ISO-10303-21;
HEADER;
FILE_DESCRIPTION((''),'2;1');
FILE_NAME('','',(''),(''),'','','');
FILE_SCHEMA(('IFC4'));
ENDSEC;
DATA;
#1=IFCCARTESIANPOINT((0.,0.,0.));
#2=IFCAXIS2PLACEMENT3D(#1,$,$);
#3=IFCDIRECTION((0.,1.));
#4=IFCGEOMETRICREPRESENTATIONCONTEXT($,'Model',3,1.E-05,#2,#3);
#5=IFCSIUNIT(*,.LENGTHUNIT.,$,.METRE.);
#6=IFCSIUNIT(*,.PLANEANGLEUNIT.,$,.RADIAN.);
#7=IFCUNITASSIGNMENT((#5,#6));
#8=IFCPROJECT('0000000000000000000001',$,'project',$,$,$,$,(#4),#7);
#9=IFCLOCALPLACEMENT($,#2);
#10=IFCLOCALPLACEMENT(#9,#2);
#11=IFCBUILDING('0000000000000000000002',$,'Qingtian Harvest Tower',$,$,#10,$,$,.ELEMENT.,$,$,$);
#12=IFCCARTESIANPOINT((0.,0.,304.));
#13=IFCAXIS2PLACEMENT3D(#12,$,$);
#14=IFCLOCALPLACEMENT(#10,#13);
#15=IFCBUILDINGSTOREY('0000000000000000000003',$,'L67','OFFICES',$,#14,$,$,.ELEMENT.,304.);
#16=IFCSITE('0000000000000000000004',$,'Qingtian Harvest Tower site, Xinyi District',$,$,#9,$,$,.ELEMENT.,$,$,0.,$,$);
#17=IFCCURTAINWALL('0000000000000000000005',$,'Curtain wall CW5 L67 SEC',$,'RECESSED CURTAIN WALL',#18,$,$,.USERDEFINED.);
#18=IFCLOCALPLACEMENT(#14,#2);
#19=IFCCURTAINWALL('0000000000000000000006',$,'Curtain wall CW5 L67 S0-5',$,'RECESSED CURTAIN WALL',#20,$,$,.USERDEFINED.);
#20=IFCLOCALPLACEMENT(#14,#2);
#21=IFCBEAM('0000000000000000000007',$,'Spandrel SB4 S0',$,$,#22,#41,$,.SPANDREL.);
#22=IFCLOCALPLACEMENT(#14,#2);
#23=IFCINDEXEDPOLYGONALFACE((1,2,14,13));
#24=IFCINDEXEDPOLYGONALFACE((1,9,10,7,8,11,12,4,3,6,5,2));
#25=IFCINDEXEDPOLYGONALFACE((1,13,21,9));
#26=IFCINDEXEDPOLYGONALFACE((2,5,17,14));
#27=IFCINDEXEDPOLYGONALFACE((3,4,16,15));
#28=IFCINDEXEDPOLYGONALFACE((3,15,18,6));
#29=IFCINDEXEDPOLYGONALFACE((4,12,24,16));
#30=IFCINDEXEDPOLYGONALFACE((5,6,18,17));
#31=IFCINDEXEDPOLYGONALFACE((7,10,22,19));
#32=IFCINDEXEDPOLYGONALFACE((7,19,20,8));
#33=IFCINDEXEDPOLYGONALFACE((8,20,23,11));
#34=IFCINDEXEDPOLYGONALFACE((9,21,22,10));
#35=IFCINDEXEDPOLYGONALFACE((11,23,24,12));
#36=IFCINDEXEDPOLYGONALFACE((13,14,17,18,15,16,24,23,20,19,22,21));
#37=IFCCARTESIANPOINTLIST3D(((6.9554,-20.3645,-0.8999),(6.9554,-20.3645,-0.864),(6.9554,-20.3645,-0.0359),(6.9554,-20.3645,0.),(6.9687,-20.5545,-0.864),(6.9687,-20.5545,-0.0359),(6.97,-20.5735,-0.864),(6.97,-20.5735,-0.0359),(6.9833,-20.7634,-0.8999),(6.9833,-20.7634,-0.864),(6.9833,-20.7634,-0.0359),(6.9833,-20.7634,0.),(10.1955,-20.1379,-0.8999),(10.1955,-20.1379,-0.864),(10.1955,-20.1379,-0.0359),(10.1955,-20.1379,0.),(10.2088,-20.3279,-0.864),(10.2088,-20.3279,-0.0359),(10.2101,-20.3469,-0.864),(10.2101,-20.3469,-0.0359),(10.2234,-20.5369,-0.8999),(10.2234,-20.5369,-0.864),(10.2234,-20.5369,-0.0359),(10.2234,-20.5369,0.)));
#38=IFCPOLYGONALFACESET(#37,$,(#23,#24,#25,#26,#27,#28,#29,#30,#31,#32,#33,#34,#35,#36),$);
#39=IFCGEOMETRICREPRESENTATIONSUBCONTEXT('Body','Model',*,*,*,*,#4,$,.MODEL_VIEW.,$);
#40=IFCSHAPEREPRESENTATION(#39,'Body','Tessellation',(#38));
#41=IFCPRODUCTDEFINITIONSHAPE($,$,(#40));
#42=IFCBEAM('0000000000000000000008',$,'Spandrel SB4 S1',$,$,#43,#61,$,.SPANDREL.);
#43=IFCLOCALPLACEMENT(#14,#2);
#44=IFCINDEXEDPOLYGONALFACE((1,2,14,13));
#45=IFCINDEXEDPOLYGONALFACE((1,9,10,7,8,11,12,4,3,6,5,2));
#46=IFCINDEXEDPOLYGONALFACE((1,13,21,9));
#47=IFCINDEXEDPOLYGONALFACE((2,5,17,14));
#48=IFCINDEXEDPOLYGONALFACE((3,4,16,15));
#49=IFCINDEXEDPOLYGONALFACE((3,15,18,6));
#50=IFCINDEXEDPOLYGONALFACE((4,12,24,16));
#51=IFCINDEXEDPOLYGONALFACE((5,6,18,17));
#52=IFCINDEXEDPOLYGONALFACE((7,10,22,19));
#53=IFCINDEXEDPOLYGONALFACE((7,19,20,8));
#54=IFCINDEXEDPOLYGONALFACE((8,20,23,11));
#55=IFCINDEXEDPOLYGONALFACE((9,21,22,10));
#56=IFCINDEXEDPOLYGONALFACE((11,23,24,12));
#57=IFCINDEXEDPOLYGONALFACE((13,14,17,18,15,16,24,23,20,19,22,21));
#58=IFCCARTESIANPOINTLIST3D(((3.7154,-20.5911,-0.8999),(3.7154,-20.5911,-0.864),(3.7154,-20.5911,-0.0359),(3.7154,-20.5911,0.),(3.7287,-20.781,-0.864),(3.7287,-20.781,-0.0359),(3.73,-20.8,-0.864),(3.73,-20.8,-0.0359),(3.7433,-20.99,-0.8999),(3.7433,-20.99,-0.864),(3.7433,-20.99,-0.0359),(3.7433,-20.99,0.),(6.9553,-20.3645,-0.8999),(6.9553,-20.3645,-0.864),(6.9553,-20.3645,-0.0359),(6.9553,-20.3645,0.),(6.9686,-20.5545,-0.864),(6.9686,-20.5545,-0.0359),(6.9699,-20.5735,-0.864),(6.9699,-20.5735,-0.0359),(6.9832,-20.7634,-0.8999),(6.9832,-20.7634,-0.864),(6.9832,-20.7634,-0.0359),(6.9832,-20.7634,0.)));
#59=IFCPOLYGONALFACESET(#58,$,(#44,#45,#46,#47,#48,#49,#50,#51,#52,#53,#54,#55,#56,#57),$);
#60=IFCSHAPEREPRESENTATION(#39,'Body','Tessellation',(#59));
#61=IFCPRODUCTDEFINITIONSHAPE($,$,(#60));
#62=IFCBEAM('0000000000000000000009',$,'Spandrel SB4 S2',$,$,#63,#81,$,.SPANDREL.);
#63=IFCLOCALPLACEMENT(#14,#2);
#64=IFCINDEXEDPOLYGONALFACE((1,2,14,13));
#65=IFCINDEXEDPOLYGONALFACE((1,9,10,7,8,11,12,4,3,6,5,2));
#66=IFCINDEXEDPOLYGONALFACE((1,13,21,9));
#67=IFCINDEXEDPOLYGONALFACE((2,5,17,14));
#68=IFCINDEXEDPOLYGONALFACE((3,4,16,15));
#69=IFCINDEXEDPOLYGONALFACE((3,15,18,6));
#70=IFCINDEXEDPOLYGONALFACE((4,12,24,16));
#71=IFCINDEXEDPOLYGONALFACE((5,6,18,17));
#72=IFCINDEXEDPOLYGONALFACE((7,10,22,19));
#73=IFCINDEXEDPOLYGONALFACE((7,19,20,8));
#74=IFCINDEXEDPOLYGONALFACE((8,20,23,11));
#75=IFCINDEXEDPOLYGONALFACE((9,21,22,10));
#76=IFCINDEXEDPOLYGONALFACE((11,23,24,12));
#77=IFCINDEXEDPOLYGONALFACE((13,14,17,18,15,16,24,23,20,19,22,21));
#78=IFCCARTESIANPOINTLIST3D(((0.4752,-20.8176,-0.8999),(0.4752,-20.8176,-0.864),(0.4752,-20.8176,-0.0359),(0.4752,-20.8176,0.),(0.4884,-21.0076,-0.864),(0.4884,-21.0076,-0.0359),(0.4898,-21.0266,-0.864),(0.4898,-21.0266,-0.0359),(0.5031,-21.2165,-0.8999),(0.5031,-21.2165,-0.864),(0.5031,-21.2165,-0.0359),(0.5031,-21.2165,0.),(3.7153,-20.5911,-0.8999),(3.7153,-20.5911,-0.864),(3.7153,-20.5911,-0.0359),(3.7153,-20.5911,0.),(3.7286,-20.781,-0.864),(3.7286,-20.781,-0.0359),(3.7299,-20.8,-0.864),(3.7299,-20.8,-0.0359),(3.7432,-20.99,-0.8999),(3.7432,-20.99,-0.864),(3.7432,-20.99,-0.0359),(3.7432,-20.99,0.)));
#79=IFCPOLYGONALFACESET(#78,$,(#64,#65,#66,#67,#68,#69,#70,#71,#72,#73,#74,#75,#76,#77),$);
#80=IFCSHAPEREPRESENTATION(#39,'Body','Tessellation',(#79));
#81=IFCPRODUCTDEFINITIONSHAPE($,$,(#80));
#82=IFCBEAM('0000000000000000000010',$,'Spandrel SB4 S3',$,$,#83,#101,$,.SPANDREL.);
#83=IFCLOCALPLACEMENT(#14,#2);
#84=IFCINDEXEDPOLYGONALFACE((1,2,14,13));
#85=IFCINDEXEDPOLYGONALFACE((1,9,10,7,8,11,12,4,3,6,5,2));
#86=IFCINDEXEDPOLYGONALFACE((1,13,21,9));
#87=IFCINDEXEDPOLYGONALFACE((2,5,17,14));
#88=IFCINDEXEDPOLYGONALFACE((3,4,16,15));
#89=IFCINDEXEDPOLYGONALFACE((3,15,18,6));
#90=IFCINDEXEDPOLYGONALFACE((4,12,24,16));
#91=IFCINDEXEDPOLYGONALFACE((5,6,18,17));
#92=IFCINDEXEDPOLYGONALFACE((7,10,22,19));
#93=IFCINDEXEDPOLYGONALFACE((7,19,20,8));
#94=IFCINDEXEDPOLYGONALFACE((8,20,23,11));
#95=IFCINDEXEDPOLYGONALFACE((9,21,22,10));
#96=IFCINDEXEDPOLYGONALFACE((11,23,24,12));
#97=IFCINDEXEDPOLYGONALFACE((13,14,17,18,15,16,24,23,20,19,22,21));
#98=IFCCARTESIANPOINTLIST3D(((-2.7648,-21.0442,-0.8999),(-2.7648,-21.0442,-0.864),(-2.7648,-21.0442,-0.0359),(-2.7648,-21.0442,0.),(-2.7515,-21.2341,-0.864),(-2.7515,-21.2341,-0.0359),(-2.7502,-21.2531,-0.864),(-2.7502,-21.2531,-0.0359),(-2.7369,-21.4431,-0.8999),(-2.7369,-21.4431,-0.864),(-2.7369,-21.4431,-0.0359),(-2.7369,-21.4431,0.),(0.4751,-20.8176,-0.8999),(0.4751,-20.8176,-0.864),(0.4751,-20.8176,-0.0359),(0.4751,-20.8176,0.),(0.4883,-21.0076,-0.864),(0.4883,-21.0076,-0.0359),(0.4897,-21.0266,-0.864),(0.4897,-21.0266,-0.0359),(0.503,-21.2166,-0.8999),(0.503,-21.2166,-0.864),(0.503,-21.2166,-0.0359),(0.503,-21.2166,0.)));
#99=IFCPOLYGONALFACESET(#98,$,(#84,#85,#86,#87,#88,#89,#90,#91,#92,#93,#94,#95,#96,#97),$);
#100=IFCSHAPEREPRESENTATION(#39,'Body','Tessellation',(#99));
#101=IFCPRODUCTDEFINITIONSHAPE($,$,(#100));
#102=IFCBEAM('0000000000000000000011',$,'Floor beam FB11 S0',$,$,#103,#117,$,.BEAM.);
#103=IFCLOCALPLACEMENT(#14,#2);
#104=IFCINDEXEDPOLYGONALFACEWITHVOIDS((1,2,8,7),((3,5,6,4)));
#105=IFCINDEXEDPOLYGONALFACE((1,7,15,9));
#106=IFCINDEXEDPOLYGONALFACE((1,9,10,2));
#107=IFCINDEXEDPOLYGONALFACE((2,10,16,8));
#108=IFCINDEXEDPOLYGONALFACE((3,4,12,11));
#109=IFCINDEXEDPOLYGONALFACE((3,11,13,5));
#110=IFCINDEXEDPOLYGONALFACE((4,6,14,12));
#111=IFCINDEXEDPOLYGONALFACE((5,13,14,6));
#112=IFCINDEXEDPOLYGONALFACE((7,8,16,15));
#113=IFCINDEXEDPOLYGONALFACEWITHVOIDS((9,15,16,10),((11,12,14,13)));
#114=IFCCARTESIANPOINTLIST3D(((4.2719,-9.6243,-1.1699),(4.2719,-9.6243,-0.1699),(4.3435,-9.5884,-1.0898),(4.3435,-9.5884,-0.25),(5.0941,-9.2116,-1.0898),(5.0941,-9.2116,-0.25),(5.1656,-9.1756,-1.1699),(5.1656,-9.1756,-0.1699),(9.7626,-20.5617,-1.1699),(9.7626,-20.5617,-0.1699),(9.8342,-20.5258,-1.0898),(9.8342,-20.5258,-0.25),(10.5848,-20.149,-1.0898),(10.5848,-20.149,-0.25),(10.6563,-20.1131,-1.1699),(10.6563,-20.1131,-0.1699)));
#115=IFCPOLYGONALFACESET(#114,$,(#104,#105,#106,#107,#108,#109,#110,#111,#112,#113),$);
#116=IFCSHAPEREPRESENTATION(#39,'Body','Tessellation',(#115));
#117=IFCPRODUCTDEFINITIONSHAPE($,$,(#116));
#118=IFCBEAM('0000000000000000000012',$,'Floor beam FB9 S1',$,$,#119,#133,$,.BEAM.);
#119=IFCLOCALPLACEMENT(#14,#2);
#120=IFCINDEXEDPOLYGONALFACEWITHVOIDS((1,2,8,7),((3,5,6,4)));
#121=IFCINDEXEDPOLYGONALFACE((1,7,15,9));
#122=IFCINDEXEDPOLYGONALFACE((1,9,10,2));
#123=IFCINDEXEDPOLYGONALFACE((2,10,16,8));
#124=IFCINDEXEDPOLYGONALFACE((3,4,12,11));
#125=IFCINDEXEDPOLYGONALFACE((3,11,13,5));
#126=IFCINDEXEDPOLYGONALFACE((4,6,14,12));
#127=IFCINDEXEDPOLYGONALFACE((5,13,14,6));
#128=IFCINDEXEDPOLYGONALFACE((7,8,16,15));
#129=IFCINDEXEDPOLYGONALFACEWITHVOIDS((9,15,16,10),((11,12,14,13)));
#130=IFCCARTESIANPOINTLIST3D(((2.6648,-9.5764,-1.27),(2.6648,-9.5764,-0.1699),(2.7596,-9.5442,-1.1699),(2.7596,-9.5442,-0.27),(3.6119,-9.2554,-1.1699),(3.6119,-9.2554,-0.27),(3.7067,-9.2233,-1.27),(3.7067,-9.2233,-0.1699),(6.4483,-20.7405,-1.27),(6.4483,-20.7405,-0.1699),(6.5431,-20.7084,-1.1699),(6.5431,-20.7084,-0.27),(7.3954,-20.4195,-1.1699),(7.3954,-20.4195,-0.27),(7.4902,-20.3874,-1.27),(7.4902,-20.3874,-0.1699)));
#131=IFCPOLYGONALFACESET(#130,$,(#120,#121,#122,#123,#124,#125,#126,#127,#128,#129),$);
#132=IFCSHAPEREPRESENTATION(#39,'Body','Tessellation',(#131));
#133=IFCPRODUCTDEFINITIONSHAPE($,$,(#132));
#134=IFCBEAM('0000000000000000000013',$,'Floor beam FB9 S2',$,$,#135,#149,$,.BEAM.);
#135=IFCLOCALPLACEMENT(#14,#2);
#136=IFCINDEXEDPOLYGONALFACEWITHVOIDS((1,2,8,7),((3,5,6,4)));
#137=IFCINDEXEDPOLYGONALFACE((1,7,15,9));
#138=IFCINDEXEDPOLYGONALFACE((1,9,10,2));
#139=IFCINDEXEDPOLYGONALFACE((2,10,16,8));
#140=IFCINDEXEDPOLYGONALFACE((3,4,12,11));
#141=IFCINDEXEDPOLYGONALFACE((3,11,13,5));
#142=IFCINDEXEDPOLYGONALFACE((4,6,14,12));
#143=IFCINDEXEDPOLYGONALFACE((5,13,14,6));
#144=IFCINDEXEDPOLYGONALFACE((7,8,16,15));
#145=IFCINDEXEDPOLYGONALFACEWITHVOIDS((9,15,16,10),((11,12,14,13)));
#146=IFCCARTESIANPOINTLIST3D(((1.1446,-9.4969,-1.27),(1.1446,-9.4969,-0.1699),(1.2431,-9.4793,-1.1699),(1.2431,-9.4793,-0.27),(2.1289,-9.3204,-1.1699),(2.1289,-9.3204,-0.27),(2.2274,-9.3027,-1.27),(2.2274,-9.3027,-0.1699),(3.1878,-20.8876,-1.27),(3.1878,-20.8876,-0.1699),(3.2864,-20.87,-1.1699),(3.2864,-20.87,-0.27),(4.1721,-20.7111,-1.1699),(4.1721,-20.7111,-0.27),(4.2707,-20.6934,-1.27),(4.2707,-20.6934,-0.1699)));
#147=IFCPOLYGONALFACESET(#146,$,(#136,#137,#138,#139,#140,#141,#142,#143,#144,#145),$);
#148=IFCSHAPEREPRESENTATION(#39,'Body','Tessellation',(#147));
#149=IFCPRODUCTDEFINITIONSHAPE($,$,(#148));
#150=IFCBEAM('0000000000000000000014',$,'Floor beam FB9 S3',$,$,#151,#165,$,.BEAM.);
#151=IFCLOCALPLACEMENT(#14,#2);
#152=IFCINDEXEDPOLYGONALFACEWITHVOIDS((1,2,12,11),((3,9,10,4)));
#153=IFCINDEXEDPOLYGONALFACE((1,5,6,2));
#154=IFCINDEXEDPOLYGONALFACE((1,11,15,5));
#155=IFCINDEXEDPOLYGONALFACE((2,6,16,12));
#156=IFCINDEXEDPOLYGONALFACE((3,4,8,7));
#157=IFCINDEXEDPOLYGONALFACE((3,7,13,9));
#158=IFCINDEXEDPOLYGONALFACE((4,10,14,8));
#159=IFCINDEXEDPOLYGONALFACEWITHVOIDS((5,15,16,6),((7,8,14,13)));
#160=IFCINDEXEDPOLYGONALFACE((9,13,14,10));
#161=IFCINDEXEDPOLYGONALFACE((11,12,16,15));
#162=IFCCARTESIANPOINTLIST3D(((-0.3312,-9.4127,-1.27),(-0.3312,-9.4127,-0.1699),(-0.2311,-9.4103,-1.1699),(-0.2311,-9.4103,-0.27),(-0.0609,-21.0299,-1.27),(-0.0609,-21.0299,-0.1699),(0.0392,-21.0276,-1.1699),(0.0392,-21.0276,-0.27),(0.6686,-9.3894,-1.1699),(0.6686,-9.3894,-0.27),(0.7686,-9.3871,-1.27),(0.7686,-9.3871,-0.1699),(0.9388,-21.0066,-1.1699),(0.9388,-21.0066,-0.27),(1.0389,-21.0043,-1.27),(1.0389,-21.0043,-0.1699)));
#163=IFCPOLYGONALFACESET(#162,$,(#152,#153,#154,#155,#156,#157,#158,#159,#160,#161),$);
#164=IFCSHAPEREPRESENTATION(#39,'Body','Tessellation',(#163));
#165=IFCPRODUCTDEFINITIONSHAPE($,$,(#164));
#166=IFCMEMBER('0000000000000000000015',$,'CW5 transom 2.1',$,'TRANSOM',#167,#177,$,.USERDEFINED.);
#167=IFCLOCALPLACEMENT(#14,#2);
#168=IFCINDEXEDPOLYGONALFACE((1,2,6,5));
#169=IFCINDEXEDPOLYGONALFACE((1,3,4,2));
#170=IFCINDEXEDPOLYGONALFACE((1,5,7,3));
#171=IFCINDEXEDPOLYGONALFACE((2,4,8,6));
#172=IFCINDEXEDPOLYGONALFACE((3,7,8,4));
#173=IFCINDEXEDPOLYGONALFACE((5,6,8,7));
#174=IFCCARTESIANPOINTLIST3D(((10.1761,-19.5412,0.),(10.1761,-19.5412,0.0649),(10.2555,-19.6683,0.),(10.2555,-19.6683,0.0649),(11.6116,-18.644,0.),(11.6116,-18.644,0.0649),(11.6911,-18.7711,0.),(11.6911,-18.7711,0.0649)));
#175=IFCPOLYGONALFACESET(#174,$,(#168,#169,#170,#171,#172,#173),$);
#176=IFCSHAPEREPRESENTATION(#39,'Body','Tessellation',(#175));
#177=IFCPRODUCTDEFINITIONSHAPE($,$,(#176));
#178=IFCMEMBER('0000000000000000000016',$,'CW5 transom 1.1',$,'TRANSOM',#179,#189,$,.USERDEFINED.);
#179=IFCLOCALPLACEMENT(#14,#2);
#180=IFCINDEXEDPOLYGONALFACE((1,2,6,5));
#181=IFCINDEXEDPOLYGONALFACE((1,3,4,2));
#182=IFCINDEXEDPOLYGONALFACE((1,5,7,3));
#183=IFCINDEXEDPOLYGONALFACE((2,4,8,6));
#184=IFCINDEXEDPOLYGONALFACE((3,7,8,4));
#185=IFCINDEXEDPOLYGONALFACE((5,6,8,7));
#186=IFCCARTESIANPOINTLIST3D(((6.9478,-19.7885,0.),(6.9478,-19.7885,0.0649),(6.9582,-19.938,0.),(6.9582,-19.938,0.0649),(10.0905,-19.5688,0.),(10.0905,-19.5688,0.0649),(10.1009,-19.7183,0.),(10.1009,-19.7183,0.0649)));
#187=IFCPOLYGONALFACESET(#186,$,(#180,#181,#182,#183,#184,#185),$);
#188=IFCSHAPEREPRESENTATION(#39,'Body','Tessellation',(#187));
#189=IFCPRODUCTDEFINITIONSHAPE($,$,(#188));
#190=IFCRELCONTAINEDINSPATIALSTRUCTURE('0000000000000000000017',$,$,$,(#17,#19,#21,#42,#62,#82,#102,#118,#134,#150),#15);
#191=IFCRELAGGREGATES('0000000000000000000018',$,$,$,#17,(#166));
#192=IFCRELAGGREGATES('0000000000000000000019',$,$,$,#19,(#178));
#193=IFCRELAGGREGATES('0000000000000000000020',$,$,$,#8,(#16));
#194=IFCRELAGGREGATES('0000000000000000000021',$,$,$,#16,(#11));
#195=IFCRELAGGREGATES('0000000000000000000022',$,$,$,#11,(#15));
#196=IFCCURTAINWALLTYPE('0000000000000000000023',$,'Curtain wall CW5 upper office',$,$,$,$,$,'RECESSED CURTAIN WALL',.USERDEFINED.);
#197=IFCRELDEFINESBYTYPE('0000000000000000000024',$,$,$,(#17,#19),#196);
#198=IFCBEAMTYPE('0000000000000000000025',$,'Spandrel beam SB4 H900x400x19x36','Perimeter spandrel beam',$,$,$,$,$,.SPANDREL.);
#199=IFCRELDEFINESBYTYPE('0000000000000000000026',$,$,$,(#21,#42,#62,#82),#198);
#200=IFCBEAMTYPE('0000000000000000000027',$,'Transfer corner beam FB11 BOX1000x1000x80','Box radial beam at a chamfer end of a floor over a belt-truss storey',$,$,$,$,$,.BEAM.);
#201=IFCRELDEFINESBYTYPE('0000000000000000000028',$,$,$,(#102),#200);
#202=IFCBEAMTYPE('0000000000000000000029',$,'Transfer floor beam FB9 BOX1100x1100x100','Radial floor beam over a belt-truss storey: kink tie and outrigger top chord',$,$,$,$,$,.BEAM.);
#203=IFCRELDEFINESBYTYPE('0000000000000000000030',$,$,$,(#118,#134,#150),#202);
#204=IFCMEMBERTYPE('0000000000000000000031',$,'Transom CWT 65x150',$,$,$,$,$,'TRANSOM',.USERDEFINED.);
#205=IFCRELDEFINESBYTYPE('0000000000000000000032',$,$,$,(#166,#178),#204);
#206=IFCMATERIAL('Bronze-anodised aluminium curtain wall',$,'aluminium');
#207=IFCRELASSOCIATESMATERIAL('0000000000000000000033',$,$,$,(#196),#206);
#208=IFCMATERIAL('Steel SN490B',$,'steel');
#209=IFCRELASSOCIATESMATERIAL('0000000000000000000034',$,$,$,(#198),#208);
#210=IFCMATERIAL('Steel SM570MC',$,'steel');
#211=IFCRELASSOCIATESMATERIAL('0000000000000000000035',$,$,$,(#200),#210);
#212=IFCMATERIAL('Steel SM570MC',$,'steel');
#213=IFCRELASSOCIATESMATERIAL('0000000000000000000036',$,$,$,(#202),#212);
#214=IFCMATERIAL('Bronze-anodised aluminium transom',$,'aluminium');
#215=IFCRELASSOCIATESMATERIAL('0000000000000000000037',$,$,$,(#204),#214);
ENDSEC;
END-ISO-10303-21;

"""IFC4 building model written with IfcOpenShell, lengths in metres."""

from ifc_helpers import new_model, si_unit, direction, frame, origin, origin_2d, place, context, subcontext, project, spatial, rectangle, hollow_rectangle, i_section, extrude, material, material_profile, profile_set, type_object, element, aggregate, save


model = new_model("IFC4")

# Units and contexts
model_context = context("Model", 3, precision=1e-05, world=origin(), true_north=direction((0.0, 1.0)))
body_context = subcontext(model_context, "Body", "Model", "MODEL_VIEW")
ifc_project = project(units=[si_unit("LENGTHUNIT", "METRE"), si_unit("PLANEANGLEUNIT", "RADIAN")], contexts=[model_context])

# Site, building, storey
site_placement = place(None, origin())
site = spatial("IfcSite", under=ifc_project, at=site_placement, Name="Qingtian Harvest Tower site, Xinyi District", CompositionType="ELEMENT", RefElevation=0.0)
building_placement = place(site_placement, origin())
building = spatial("IfcBuilding", under=site, at=building_placement, Name="Qingtian Harvest Tower", CompositionType="ELEMENT")
storey_placement = place(building_placement, frame((0.0, 0.0, 304.0)))
storey = spatial("IfcBuildingStorey", under=building, at=storey_placement, Name="L67", Description="OFFICES", CompositionType="ELEMENT", Elevation=304.0)

# Curtain wall
ifc_material_1 = material(Name="Bronze-anodised aluminium curtain wall", Category="aluminium")
curtain_wall_type = type_object("IfcCurtainWallType", Name="Curtain wall CW5 upper office", ElementType="RECESSED CURTAIN WALL", PredefinedType="USERDEFINED", material=ifc_material_1)
curtain_wall_1_placement = place(storey_placement, origin())
curtain_wall_1 = element("IfcCurtainWall", 1, at=curtain_wall_1_placement, inside=storey, type_object=curtain_wall_type, Name="Curtain wall CW5 L67 SEC", ObjectType="RECESSED CURTAIN WALL", PredefinedType="USERDEFINED")

# Curtain wall
curtain_wall_2_placement = place(storey_placement, origin())
curtain_wall_2 = element("IfcCurtainWall", 2, at=curtain_wall_2_placement, inside=storey, type_object=curtain_wall_type, Name="Curtain wall CW5 L67 S0-5", ObjectType="RECESSED CURTAIN WALL", PredefinedType="USERDEFINED")

# Beams
ifc_material_2 = material(Name="Steel SN490B", Category="steel")
ifc_material_profile_1 = material_profile(ifc_material_2, i_section(OverallWidth=0.3999, OverallDepth=0.8999, WebThickness=0.019, FlangeThickness=0.0359, at=origin_2d()), Name="H900x400x19x36")
ifc_profile_set_1 = profile_set([ifc_material_profile_1], Name="Steel SN490B")
beam_type_1 = type_object("IfcBeamType", Name="Spandrel beam SB4 H900x400x19x36", Description="Perimeter spandrel beam", PredefinedType="SPANDREL", material=ifc_profile_set_1)
beam_1_placement = place(storey_placement, frame((10.2095, -20.3374, -0.45), z_axis=(-0.997564, -0.069751, 0.0), x_axis=(0.069751, -0.997564, 0.0)))
element("IfcBeam", 3, at=beam_1_placement, inside=storey, type_object=beam_type_1, Name="Spandrel SB4 S0", PredefinedType="SPANDREL", context=body_context, shape_type="SweptSolid", body=[
    extrude(i_section(OverallWidth=0.3999, OverallDepth=0.8999, WebThickness=0.019, FlangeThickness=0.0359, at=origin_2d()), origin(), (0.0, 0.0, 1.0), 3.248),
])
beam_2_placement = place(storey_placement, frame((6.9692, -20.564, -0.45), z_axis=(-0.997564, -0.069757, 0.0), x_axis=(0.069757, -0.997564, 0.0)))
element("IfcBeam", 4, at=beam_2_placement, inside=storey, type_object=beam_type_1, Name="Spandrel SB4 S1", PredefinedType="SPANDREL", context=body_context, shape_type="SweptSolid", body=[
    extrude(i_section(OverallWidth=0.3999, OverallDepth=0.8999, WebThickness=0.019, FlangeThickness=0.0359, at=origin_2d()), origin(), (0.0, 0.0, 1.0), 3.2478),
])
beam_3_placement = place(storey_placement, frame((3.7292, -20.7905, -0.45), z_axis=(-0.997564, -0.069751, 0.0), x_axis=(0.069751, -0.997564, 0.0)))
element("IfcBeam", 5, at=beam_3_placement, inside=storey, type_object=beam_type_1, Name="Spandrel SB4 S2", PredefinedType="SPANDREL", context=body_context, shape_type="SweptSolid", body=[
    extrude(i_section(OverallWidth=0.3999, OverallDepth=0.8999, WebThickness=0.019, FlangeThickness=0.0359, at=origin_2d()), origin(), (0.0, 0.0, 1.0), 3.248),
])
beam_4_placement = place(storey_placement, frame((0.489, -21.0171, -0.45), z_axis=(-0.997564, -0.069757, 0.0), x_axis=(0.069757, -0.997564, 0.0)))
element("IfcBeam", 6, at=beam_4_placement, inside=storey, type_object=beam_type_1, Name="Spandrel SB4 S3", PredefinedType="SPANDREL", context=body_context, shape_type="SweptSolid", body=[
    extrude(i_section(OverallWidth=0.3999, OverallDepth=0.8999, WebThickness=0.019, FlangeThickness=0.0359, at=origin_2d()), origin(), (0.0, 0.0, 1.0), 3.2478),
])
ifc_material_3 = material(Name="Steel SM570MC", Category="steel")
ifc_material_profile_2 = material_profile(ifc_material_3, hollow_rectangle(XDim=1.0, YDim=1.0, WallThickness=0.0801, at=origin_2d()), Name="BOX1000x1000x80")
ifc_profile_set_2 = profile_set([ifc_material_profile_2], Name="Steel SM570MC")
beam_type_2 = type_object("IfcBeamType", Name="Transfer corner beam FB11 BOX1000x1000x80", Description="Box radial beam at a chamfer end of a floor over a belt-truss storey", PredefinedType="BEAM", material=ifc_profile_set_2)
beam_5_placement = place(storey_placement, frame((10.2095, -20.3374, -0.6699), z_axis=(-0.448649, 0.893708, 0.0), x_axis=(-0.893708, -0.448649, 0.0)))
element("IfcBeam", 7, at=beam_5_placement, inside=storey, type_object=beam_type_2, Name="Floor beam FB11 S0", PredefinedType="BEAM", context=body_context, shape_type="SweptSolid", body=[
    extrude(hollow_rectangle(XDim=1.0, YDim=1.0, WallThickness=0.0801, at=origin_2d()), origin(), (0.0, 0.0, 1.0), 12.2383),
])
ifc_material_4 = material(Name="Steel SM570MC", Category="steel")
ifc_material_profile_3 = material_profile(ifc_material_4, hollow_rectangle(XDim=1.1001, YDim=1.1001, WallThickness=0.1001, at=origin_2d()), Name="BOX1100x1100x100")
ifc_profile_set_3 = profile_set([ifc_material_profile_3], Name="Steel SM570MC")
beam_type_3 = type_object("IfcBeamType", Name="Transfer floor beam FB9 BOX1100x1100x100", Description="Radial floor beam over a belt-truss storey: kink tie and outrigger top chord", PredefinedType="BEAM", material=ifc_profile_set_3)
beam_6_placement = place(storey_placement, frame((6.9692, -20.564, -0.72), z_axis=(-0.320965, 0.947091, 0.0), x_axis=(-0.947091, -0.320965, 0.0)))
element("IfcBeam", 8, at=beam_6_placement, inside=storey, type_object=beam_type_3, Name="Floor beam FB9 S1", PredefinedType="BEAM", context=body_context, shape_type="SweptSolid", body=[
    extrude(hollow_rectangle(XDim=1.1001, YDim=1.1001, WallThickness=0.1001, at=origin_2d()), origin(), (0.0, 0.0, 1.0), 11.7878),
])
beam_7_placement = place(storey_placement, frame((3.7292, -20.7905, -0.72), z_axis=(-0.176559, 0.98429, 0.0), x_axis=(-0.98429, -0.176559, 0.0)))
element("IfcBeam", 9, at=beam_7_placement, inside=storey, type_object=beam_type_3, Name="Floor beam FB9 S2", PredefinedType="BEAM", context=body_context, shape_type="SweptSolid", body=[
    extrude(hollow_rectangle(XDim=1.1001, YDim=1.1001, WallThickness=0.1001, at=origin_2d()), origin(), (0.0, 0.0, 1.0), 11.5725),
])
beam_8_placement = place(storey_placement, frame((0.489, -21.0171, -0.72), z_axis=(-0.023258, 0.99973, 0.0), x_axis=(-0.99973, -0.023258, 0.0)))
element("IfcBeam", 10, at=beam_8_placement, inside=storey, type_object=beam_type_3, Name="Floor beam FB9 S3", PredefinedType="BEAM", context=body_context, shape_type="SweptSolid", body=[
    extrude(hollow_rectangle(XDim=1.1001, YDim=1.1001, WallThickness=0.1001, at=origin_2d()), origin(), (0.0, 0.0, 1.0), 11.6204),
])

# Members
ifc_material_5 = material(Name="Bronze-anodised aluminium transom", Category="aluminium")
ifc_material_profile_4 = material_profile(ifc_material_5, rectangle(XDim=0.1499, YDim=0.0649, at=origin_2d()), Name="AL 65x150")
ifc_profile_set_4 = profile_set([ifc_material_profile_4], Name="Bronze-anodised aluminium transom")
member_type_1 = type_object("IfcMemberType", Name="Transom CWT 65x150", ElementType="TRANSOM", PredefinedType="USERDEFINED", material=ifc_profile_set_4)
member_1_placement = place(storey_placement, frame((11.6514, -18.7075, 0.0325), z_axis=(-0.847998, -0.529999, 0.0), x_axis=(0.529999, -0.847998, 0.0)))
member_1 = element("IfcMember", 11, at=member_1_placement, type_object=member_type_1, Name="CW5 transom 2.1", ObjectType="TRANSOM", PredefinedType="USERDEFINED", context=body_context, shape_type="SweptSolid", body=[
    extrude(rectangle(XDim=0.1499, YDim=0.0649, at=origin_2d()), origin(), (0.0, 0.0, 1.0), 1.6929),
])
member_2_placement = place(storey_placement, frame((10.0957, -19.6436, 0.0325), z_axis=(-0.997565, -0.069744, 0.0), x_axis=(0.069744, -0.997565, 0.0)))
member_2 = element("IfcMember", 12, at=member_2_placement, type_object=member_type_1, Name="CW5 transom 1.1", ObjectType="TRANSOM", PredefinedType="USERDEFINED", context=body_context, shape_type="SweptSolid", body=[
    extrude(rectangle(XDim=0.1499, YDim=0.0649, at=origin_2d()), origin(), (0.0, 0.0, 1.0), 3.1504),
])

aggregate(curtain_wall_1, [member_1])
aggregate(curtain_wall_2, [member_2])

save(model, "model.ifc")
